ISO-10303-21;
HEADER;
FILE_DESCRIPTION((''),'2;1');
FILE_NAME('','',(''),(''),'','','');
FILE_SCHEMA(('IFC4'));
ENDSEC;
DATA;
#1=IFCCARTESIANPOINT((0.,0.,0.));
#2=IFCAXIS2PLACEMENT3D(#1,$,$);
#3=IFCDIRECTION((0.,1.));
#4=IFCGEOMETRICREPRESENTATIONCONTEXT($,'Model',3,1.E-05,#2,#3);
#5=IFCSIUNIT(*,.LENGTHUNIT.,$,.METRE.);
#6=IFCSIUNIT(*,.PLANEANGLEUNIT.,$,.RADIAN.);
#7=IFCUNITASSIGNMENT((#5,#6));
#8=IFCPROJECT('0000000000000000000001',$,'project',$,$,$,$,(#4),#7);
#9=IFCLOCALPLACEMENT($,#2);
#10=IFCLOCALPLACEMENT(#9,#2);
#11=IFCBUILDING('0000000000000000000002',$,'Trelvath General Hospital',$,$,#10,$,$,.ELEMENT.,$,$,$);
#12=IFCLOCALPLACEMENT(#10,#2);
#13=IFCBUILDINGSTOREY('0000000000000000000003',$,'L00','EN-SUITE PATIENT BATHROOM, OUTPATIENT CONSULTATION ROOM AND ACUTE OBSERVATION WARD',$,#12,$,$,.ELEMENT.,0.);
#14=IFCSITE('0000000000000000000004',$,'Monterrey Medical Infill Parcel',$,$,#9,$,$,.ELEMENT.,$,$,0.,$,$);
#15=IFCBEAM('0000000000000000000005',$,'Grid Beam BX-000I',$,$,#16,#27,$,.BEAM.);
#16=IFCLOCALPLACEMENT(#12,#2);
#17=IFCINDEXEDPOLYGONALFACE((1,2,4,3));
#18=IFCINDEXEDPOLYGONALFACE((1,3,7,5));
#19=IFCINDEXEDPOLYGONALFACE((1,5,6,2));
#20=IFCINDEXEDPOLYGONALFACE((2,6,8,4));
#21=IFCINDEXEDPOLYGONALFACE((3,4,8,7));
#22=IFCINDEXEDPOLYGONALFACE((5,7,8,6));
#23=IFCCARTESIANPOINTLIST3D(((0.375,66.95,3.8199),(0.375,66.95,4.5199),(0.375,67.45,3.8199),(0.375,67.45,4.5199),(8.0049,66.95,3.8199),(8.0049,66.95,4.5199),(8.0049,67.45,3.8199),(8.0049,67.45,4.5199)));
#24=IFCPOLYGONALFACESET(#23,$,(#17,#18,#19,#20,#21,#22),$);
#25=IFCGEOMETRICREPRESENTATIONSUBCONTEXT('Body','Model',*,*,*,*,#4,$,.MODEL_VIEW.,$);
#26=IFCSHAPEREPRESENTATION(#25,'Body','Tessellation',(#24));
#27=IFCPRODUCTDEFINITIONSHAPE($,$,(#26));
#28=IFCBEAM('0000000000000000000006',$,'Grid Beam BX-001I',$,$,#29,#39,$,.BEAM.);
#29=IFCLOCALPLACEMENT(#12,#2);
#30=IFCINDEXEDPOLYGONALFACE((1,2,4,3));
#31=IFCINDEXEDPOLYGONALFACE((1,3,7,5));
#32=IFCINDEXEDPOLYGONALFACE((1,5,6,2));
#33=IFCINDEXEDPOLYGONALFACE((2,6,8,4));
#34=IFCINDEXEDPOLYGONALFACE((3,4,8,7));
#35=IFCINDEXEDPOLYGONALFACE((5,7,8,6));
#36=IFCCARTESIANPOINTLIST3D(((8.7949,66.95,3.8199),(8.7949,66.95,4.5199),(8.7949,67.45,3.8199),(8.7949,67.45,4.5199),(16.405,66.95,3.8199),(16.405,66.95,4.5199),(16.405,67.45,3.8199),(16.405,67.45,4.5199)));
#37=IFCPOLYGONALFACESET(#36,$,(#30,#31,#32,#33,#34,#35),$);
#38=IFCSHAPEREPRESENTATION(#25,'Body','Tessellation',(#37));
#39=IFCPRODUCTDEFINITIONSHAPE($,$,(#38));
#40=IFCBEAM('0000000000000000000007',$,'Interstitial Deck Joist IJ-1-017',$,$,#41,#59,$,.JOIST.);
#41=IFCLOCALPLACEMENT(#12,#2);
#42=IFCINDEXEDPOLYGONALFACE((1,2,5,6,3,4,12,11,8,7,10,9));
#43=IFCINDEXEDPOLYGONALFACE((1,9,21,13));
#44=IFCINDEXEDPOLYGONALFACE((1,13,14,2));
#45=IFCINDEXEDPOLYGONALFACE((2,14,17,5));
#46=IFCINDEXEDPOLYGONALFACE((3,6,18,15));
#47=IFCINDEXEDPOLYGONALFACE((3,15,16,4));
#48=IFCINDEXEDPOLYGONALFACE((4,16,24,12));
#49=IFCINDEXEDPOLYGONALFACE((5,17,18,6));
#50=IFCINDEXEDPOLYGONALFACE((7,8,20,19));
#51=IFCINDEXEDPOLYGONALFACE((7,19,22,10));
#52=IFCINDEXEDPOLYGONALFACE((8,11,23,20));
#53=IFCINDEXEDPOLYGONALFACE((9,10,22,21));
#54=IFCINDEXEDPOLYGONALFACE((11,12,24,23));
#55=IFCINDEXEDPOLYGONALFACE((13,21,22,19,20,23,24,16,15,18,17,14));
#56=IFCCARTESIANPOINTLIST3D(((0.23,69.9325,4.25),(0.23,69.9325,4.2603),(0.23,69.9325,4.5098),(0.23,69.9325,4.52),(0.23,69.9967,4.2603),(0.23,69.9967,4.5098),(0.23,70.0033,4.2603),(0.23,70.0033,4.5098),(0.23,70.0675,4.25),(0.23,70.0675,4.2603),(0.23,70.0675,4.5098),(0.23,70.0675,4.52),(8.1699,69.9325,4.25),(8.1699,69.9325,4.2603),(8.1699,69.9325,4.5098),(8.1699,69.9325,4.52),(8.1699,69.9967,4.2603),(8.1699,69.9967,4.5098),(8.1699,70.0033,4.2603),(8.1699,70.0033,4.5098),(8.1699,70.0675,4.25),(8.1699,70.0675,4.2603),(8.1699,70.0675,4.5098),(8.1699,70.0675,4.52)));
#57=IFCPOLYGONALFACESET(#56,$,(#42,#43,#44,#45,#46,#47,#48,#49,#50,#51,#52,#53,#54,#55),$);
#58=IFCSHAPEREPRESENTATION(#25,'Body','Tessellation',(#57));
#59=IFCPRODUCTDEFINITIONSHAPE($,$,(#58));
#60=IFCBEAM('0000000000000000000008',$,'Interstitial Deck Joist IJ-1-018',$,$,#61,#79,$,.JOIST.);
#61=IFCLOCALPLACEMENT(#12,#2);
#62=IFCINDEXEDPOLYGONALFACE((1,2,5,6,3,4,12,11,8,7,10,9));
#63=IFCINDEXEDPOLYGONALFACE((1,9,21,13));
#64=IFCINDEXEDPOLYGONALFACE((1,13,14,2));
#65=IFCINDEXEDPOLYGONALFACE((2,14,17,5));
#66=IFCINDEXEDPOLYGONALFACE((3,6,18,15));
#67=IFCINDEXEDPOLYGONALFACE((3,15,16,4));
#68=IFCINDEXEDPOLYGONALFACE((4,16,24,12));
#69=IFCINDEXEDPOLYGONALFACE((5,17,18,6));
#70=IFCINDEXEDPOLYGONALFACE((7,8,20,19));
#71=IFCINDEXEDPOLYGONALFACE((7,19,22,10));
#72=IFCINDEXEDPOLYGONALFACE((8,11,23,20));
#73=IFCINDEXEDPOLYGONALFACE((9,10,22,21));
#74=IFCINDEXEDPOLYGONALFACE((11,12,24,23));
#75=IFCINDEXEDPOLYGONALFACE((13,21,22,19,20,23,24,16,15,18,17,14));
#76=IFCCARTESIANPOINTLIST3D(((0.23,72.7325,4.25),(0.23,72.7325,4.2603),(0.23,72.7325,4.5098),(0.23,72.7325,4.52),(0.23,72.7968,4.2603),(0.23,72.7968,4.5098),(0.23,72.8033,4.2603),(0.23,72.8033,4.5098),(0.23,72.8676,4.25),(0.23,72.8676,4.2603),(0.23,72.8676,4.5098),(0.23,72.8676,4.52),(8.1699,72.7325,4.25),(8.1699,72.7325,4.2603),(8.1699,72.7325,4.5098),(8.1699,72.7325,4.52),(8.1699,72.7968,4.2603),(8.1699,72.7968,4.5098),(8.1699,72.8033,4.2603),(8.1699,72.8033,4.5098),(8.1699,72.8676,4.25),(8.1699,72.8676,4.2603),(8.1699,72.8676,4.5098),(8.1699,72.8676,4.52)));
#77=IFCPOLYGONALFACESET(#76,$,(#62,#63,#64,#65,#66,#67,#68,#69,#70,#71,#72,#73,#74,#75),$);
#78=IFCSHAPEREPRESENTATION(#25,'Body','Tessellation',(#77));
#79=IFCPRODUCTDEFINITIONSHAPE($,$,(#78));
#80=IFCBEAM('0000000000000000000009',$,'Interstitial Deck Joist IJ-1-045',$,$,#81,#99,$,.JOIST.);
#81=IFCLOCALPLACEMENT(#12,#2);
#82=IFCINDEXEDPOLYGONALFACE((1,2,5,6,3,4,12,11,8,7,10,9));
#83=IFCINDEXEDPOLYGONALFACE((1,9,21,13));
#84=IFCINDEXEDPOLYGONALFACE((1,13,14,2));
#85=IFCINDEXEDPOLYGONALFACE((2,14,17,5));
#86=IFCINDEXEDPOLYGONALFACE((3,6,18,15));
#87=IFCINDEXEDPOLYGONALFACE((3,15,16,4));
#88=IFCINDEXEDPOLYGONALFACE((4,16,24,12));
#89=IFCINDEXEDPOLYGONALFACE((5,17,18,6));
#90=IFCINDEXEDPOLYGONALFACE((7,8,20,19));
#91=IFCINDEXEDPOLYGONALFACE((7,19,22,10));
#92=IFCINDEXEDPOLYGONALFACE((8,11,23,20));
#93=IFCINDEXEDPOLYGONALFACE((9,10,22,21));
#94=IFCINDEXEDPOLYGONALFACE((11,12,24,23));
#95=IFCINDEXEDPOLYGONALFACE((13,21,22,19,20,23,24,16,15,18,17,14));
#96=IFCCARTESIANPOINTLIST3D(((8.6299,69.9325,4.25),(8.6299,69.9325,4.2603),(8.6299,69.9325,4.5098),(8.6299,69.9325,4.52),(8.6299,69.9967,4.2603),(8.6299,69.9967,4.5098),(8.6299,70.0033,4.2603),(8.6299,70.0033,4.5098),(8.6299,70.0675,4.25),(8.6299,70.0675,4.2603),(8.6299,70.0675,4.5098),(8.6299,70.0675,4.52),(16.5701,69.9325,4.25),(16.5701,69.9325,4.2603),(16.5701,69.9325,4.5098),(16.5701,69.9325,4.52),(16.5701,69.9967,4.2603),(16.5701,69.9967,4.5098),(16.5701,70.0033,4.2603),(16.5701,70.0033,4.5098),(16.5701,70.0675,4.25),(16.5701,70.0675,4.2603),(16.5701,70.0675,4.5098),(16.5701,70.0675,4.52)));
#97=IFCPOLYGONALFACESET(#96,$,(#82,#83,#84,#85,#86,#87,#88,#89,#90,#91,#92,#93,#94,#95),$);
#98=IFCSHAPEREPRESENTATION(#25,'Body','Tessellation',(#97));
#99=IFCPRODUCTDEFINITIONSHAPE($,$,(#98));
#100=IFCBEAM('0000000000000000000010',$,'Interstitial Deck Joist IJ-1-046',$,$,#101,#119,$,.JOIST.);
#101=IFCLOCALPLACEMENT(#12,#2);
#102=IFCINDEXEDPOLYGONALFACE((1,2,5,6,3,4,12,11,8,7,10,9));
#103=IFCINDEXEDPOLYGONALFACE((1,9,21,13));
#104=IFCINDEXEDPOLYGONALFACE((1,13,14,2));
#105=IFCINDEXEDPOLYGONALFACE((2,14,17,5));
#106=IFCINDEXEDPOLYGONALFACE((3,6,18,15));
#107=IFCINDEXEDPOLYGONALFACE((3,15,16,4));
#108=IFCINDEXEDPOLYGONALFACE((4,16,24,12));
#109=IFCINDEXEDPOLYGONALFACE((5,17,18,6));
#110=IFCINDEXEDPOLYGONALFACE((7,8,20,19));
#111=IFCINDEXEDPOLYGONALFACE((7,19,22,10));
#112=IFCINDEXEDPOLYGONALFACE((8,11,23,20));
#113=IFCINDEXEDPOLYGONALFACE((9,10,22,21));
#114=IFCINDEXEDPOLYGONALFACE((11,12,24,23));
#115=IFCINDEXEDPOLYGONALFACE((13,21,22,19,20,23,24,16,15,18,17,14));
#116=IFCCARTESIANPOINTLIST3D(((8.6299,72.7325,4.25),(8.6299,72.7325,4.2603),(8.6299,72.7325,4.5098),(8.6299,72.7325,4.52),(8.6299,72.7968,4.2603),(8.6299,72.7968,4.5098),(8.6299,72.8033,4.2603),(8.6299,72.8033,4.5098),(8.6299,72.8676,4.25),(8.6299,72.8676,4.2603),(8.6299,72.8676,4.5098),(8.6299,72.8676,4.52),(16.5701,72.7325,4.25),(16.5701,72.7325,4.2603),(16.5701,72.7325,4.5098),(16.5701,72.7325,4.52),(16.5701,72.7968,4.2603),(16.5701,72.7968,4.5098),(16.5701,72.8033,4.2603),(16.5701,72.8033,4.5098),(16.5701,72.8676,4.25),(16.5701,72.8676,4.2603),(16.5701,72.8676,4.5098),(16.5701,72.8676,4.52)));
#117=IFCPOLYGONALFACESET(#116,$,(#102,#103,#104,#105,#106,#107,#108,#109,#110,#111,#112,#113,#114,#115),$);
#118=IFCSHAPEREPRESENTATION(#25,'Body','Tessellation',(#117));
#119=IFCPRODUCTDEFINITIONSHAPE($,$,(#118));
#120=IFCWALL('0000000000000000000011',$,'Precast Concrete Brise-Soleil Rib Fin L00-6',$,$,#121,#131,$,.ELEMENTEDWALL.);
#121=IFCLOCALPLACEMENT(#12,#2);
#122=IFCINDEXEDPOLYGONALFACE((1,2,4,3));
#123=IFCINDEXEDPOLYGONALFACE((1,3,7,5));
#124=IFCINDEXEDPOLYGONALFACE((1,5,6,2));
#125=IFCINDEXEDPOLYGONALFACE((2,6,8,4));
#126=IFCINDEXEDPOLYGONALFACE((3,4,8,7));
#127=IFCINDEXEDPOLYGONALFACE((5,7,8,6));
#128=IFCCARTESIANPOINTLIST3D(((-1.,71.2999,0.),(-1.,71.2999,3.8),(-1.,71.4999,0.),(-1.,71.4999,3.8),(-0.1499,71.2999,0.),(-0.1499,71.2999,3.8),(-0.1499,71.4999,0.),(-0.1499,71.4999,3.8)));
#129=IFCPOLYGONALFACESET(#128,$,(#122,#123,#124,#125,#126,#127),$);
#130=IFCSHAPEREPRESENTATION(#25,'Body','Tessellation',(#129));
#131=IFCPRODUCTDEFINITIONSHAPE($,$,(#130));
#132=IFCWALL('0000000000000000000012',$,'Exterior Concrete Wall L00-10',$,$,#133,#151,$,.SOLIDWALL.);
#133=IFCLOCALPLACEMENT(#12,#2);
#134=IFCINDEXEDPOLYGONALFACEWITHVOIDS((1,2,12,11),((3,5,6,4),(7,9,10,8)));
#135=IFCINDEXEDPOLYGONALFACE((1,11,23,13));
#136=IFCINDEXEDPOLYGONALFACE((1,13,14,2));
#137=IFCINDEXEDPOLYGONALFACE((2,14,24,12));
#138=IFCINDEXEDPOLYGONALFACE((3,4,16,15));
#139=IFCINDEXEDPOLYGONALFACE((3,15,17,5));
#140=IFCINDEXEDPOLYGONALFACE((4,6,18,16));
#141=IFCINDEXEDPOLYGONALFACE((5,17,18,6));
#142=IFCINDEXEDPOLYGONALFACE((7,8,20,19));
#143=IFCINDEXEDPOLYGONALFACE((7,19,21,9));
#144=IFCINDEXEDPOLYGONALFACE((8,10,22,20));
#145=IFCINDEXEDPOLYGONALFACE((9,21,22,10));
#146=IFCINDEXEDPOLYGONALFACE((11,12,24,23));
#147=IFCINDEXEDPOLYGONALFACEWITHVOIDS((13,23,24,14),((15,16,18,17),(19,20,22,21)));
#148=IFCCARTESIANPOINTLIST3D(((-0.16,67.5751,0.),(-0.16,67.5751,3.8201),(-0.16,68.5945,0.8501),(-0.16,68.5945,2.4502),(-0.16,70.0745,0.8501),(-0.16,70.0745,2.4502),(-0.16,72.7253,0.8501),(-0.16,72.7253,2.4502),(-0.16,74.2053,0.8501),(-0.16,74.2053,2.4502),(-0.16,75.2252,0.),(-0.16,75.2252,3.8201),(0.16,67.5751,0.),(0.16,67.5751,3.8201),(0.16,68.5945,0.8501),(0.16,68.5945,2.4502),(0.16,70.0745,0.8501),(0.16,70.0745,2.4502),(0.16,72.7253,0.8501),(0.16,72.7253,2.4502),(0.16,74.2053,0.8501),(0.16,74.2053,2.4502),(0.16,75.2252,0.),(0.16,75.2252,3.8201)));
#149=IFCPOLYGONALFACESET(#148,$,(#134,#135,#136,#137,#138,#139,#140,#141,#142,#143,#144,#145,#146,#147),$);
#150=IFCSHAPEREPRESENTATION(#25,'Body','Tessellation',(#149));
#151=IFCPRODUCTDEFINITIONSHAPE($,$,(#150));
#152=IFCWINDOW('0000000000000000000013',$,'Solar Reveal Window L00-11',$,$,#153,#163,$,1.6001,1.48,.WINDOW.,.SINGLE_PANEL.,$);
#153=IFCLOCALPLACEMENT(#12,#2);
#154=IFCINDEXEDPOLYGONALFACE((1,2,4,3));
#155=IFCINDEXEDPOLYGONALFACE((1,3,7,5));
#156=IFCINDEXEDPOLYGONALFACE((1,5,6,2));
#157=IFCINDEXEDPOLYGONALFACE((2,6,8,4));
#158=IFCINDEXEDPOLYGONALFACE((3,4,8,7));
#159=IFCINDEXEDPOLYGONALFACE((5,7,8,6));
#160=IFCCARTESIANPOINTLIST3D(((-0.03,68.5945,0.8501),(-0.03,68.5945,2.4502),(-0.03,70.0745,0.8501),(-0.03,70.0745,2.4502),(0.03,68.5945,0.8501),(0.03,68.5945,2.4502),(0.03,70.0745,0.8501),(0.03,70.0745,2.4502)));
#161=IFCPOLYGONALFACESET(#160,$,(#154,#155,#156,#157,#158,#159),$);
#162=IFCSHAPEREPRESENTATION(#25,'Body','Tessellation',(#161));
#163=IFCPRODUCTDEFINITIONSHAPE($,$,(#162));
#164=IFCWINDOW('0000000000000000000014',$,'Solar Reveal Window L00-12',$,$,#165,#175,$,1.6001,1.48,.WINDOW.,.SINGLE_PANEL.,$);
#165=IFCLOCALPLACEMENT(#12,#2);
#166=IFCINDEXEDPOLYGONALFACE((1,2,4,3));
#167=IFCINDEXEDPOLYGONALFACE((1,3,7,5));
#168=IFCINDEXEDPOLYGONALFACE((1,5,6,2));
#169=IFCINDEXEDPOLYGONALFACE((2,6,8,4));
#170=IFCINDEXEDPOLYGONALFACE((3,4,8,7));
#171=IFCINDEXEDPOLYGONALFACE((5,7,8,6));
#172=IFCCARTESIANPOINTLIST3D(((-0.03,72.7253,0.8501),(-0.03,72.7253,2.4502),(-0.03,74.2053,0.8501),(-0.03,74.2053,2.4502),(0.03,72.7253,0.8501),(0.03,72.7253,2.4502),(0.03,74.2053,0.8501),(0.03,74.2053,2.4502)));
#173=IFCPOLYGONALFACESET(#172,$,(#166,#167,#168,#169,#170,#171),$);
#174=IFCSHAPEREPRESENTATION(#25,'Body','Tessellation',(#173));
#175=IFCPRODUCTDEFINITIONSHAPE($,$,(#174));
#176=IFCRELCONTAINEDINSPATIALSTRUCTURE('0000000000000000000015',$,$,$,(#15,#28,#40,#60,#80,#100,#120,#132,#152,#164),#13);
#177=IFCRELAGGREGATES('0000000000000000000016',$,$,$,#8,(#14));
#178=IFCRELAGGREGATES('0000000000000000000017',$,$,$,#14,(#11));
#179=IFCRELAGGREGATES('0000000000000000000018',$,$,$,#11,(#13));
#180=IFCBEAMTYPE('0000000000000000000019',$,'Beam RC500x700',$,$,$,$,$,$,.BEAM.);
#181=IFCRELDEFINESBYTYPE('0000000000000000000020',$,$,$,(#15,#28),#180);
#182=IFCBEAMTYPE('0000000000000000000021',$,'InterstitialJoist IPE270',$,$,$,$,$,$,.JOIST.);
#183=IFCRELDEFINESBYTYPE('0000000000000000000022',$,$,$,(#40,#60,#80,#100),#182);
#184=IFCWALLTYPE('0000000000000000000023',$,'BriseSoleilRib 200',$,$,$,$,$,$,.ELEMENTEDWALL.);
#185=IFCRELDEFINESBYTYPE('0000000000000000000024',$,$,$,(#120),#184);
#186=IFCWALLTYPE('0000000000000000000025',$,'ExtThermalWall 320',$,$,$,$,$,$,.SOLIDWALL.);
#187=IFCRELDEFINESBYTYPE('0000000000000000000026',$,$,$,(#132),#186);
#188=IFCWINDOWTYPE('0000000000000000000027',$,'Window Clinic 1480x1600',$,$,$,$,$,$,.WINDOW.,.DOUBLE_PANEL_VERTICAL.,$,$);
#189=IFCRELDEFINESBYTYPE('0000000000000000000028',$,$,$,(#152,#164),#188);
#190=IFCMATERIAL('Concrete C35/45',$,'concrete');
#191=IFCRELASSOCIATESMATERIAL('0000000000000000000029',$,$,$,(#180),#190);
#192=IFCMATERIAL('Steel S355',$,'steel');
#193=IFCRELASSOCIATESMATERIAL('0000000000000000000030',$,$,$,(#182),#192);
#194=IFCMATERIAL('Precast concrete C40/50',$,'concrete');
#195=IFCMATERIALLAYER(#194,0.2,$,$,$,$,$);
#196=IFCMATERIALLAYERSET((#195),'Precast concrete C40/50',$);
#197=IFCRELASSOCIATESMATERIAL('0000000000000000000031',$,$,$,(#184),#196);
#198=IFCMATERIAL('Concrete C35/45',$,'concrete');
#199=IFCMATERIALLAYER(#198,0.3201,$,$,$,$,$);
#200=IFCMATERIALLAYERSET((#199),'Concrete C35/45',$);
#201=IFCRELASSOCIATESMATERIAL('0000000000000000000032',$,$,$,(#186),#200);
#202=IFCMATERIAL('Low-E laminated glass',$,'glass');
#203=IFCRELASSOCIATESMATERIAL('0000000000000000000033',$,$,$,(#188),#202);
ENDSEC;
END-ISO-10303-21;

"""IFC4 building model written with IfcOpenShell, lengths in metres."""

from ifc_helpers import new_model, si_unit, direction, frame, frame_2d, origin, origin_2d, place, context, subcontext, project, spatial, rectangle, i_section, extrude, material, layer, layer_set, material_profile, profile_set, type_object, element, fill, save


model = new_model("IFC4")

# Units and contexts
model_context = context("Model", 3, precision=1e-05, world=origin(), true_north=direction((0.0, 1.0)))
body_context = subcontext(model_context, "Body", "Model", "MODEL_VIEW")
ifc_project = project(units=[si_unit("LENGTHUNIT", "METRE"), si_unit("PLANEANGLEUNIT", "RADIAN")], contexts=[model_context])

# Site, building, storey
site_placement = place(None, origin())
site = spatial("IfcSite", under=ifc_project, at=site_placement, Name="Monterrey Medical Infill Parcel", CompositionType="ELEMENT", RefElevation=0.0)
building_placement = place(site_placement, origin())
building = spatial("IfcBuilding", under=site, at=building_placement, Name="Trelvath General Hospital", CompositionType="ELEMENT")
storey_placement = place(building_placement, origin())
storey = spatial("IfcBuildingStorey", under=building, at=storey_placement, Name="L00", Description="EN-SUITE PATIENT BATHROOM, OUTPATIENT CONSULTATION ROOM AND ACUTE OBSERVATION WARD", CompositionType="ELEMENT", Elevation=0.0)

# Beams
ifc_material_1 = material(Name="Concrete C35/45", Category="concrete")
ifc_material_profile_1 = material_profile(ifc_material_1, rectangle(XDim=0.5, YDim=0.7, at=origin_2d()), Name="RCB500x700")
ifc_profile_set_1 = profile_set([ifc_material_profile_1], Name="Concrete C35/45")
beam_type_1 = type_object("IfcBeamType", Name="Beam RC500x700", PredefinedType="BEAM", material=ifc_profile_set_1)
beam_1_placement = place(storey_placement, frame((0.375, 67.2, 4.1699), z_axis=(1.0, 0.0, 0.0), x_axis=(0.0, 1.0, 0.0)))
element("IfcBeam", 1, at=beam_1_placement, inside=storey, type_object=beam_type_1, Name="Grid Beam BX-000I", PredefinedType="BEAM", context=body_context, shape_type="SweptSolid", body=[
    extrude(rectangle(XDim=0.5, YDim=0.7, at=origin_2d()), origin(), (0.0, 0.0, 1.0), 7.6299),
])
beam_2_placement = place(storey_placement, frame((8.7949, 67.2, 4.1699), z_axis=(1.0, 0.0, 0.0), x_axis=(0.0, 1.0, 0.0)))
element("IfcBeam", 2, at=beam_2_placement, inside=storey, type_object=beam_type_1, Name="Grid Beam BX-001I", PredefinedType="BEAM", context=body_context, shape_type="SweptSolid", body=[
    extrude(rectangle(XDim=0.5, YDim=0.7, at=origin_2d()), origin(), (0.0, 0.0, 1.0), 7.6101),
])
ifc_material_2 = material(Name="Steel S355", Category="steel")
ifc_material_profile_2 = material_profile(ifc_material_2, i_section(OverallWidth=0.135, OverallDepth=0.27, WebThickness=0.0066, FlangeThickness=0.0103, at=origin_2d()), Name="IPE270")
ifc_profile_set_2 = profile_set([ifc_material_profile_2], Name="Steel S355")
beam_type_2 = type_object("IfcBeamType", Name="InterstitialJoist IPE270", PredefinedType="JOIST", material=ifc_profile_set_2)
for number, where, z_axis, x_axis, name in (
    (3, (0.23, 70.0, 4.385), (1.0, 0.0, 0.0), (0.0, 1.0, 0.0), "Interstitial Deck Joist IJ-1-017"),
    (4, (0.23, 72.8, 4.385), (1.0, 0.0, 0.0), (0.0, 1.0, 0.0), "Interstitial Deck Joist IJ-1-018"),
):
    element("IfcBeam", number, at=place(storey_placement, frame(where, z_axis=z_axis, x_axis=x_axis)), inside=storey, type_object=beam_type_2, Name=name, PredefinedType="JOIST", context=body_context, shape_type="SweptSolid", body=[
        extrude(i_section(OverallWidth=0.135, OverallDepth=0.27, WebThickness=0.0066, FlangeThickness=0.0103, at=origin_2d()), origin(), (0.0, 0.0, 1.0), 7.9399),
    ])
for number, where, z_axis, x_axis, name in (
    (5, (8.6299, 70.0, 4.385), (1.0, 0.0, 0.0), (0.0, 1.0, 0.0), "Interstitial Deck Joist IJ-1-045"),
    (6, (8.6299, 72.8, 4.385), (1.0, 0.0, 0.0), (0.0, 1.0, 0.0), "Interstitial Deck Joist IJ-1-046"),
):
    element("IfcBeam", number, at=place(storey_placement, frame(where, z_axis=z_axis, x_axis=x_axis)), inside=storey, type_object=beam_type_2, Name=name, PredefinedType="JOIST", context=body_context, shape_type="SweptSolid", body=[
        extrude(i_section(OverallWidth=0.135, OverallDepth=0.27, WebThickness=0.0066, FlangeThickness=0.0103, at=origin_2d()), origin(), (0.0, 0.0, 1.0), 7.9402),
    ])

# Wall
ifc_material_3 = material(Name="Precast concrete C40/50", Category="concrete")
ifc_layer_1 = layer(ifc_material_3, 0.2)
ifc_layer_set_1 = layer_set([ifc_layer_1], Name="Precast concrete C40/50")
wall_type_1 = type_object("IfcWallType", Name="BriseSoleilRib 200", PredefinedType="ELEMENTEDWALL", material=ifc_layer_set_1)
wall_1_placement = place(storey_placement, frame((-0.1499, 71.3999, 0.0), z_axis=(0.0, 0.0, 1.0), x_axis=(-1.0, 0.0, 0.0)))
element("IfcWall", 7, at=wall_1_placement, inside=storey, type_object=wall_type_1, Name="Precast Concrete Brise-Soleil Rib Fin L00-6", PredefinedType="ELEMENTEDWALL", context=body_context, shape_type="SweptSolid", body=[
    extrude(rectangle(XDim=0.8501, YDim=0.2, at=frame_2d((0.425, 0.0))), origin(), (0.0, 0.0, 1.0), 3.8),
])

# Wall, openings, windows
ifc_material_4 = material(Name="Concrete C35/45", Category="concrete")
ifc_layer_2 = layer(ifc_material_4, 0.3201)
ifc_layer_set_2 = layer_set([ifc_layer_2], Name="Concrete C35/45")
wall_type_2 = type_object("IfcWallType", Name="ExtThermalWall 320", PredefinedType="SOLIDWALL", material=ifc_layer_set_2)
wall_2_placement = place(storey_placement, frame((0.0, 67.575, 0.0), z_axis=(0.0, 0.0, 1.0), x_axis=(0.0, 1.0, 0.0)))
wall_2 = element("IfcWall", 8, at=wall_2_placement, inside=storey, type_object=wall_type_2, Name="Exterior Concrete Wall L00-10", PredefinedType="SOLIDWALL", context=body_context, shape_type="SweptSolid", body=[
    extrude(rectangle(XDim=7.6501, YDim=0.3201, at=frame_2d((3.8252, 0.0))), origin(), (0.0, 0.0, 1.0), 3.8201),
])
opening_1_placement = place(wall_2_placement, frame((1.0195, 0.0, 0.8501)))
opening_1 = element("IfcOpeningElement", 9, at=opening_1_placement, cuts=wall_2, PredefinedType="OPENING", context=body_context, shape_type="SweptSolid", body=[
    extrude(rectangle(XDim=1.48, YDim=1.6001, at=frame_2d((0.74, 0.8))), frame((0.0, 0.1699, 0.0), z_axis=(0.0, -1.0, 0.0), x_axis=(1.0, 0.0, 0.0)), (0.0, 0.0, 1.0), 0.3401),
])
opening_2_placement = place(wall_2_placement, frame((5.1504, 0.0, 0.8501)))
opening_2 = element("IfcOpeningElement", 10, at=opening_2_placement, cuts=wall_2, PredefinedType="OPENING", context=body_context, shape_type="SweptSolid", body=[
    extrude(rectangle(XDim=1.48, YDim=1.6001, at=frame_2d((0.74, 0.8))), frame((0.0, 0.1699, 0.0), z_axis=(0.0, -1.0, 0.0), x_axis=(1.0, 0.0, 0.0)), (0.0, 0.0, 1.0), 0.3401),
])
ifc_material_5 = material(Name="Low-E laminated glass", Category="glass")
window_type = type_object("IfcWindowType", Name="Window Clinic 1480x1600", PartitioningType="DOUBLE_PANEL_VERTICAL", PredefinedType="WINDOW", material=ifc_material_5)
window_1_placement = place(opening_1_placement, origin())
window_1 = element("IfcWindow", 11, at=window_1_placement, inside=storey, type_object=window_type, Name="Solar Reveal Window L00-11", OverallHeight=1.6001, OverallWidth=1.48, PartitioningType="SINGLE_PANEL", PredefinedType="WINDOW", context=body_context, shape_type="SweptSolid", body=[
    extrude(rectangle(XDim=1.48, YDim=1.6001, at=frame_2d((0.74, 0.8))), frame((0.0, 0.03, 0.0), z_axis=(0.0, -1.0, 0.0), x_axis=(1.0, 0.0, 0.0)), (0.0, 0.0, 1.0), 0.0601),
])
fill(opening_1, window_1)
window_2_placement = place(opening_2_placement, origin())
window_2 = element("IfcWindow", 12, at=window_2_placement, inside=storey, type_object=window_type, Name="Solar Reveal Window L00-12", OverallHeight=1.6001, OverallWidth=1.48, PartitioningType="SINGLE_PANEL", PredefinedType="WINDOW", context=body_context, shape_type="SweptSolid", body=[
    extrude(rectangle(XDim=1.48, YDim=1.6001, at=frame_2d((0.74, 0.8))), frame((0.0, 0.03, 0.0), z_axis=(0.0, -1.0, 0.0), x_axis=(1.0, 0.0, 0.0)), (0.0, 0.0, 1.0), 0.0601),
])
fill(opening_2, window_2)

save(model, "model.ifc")
